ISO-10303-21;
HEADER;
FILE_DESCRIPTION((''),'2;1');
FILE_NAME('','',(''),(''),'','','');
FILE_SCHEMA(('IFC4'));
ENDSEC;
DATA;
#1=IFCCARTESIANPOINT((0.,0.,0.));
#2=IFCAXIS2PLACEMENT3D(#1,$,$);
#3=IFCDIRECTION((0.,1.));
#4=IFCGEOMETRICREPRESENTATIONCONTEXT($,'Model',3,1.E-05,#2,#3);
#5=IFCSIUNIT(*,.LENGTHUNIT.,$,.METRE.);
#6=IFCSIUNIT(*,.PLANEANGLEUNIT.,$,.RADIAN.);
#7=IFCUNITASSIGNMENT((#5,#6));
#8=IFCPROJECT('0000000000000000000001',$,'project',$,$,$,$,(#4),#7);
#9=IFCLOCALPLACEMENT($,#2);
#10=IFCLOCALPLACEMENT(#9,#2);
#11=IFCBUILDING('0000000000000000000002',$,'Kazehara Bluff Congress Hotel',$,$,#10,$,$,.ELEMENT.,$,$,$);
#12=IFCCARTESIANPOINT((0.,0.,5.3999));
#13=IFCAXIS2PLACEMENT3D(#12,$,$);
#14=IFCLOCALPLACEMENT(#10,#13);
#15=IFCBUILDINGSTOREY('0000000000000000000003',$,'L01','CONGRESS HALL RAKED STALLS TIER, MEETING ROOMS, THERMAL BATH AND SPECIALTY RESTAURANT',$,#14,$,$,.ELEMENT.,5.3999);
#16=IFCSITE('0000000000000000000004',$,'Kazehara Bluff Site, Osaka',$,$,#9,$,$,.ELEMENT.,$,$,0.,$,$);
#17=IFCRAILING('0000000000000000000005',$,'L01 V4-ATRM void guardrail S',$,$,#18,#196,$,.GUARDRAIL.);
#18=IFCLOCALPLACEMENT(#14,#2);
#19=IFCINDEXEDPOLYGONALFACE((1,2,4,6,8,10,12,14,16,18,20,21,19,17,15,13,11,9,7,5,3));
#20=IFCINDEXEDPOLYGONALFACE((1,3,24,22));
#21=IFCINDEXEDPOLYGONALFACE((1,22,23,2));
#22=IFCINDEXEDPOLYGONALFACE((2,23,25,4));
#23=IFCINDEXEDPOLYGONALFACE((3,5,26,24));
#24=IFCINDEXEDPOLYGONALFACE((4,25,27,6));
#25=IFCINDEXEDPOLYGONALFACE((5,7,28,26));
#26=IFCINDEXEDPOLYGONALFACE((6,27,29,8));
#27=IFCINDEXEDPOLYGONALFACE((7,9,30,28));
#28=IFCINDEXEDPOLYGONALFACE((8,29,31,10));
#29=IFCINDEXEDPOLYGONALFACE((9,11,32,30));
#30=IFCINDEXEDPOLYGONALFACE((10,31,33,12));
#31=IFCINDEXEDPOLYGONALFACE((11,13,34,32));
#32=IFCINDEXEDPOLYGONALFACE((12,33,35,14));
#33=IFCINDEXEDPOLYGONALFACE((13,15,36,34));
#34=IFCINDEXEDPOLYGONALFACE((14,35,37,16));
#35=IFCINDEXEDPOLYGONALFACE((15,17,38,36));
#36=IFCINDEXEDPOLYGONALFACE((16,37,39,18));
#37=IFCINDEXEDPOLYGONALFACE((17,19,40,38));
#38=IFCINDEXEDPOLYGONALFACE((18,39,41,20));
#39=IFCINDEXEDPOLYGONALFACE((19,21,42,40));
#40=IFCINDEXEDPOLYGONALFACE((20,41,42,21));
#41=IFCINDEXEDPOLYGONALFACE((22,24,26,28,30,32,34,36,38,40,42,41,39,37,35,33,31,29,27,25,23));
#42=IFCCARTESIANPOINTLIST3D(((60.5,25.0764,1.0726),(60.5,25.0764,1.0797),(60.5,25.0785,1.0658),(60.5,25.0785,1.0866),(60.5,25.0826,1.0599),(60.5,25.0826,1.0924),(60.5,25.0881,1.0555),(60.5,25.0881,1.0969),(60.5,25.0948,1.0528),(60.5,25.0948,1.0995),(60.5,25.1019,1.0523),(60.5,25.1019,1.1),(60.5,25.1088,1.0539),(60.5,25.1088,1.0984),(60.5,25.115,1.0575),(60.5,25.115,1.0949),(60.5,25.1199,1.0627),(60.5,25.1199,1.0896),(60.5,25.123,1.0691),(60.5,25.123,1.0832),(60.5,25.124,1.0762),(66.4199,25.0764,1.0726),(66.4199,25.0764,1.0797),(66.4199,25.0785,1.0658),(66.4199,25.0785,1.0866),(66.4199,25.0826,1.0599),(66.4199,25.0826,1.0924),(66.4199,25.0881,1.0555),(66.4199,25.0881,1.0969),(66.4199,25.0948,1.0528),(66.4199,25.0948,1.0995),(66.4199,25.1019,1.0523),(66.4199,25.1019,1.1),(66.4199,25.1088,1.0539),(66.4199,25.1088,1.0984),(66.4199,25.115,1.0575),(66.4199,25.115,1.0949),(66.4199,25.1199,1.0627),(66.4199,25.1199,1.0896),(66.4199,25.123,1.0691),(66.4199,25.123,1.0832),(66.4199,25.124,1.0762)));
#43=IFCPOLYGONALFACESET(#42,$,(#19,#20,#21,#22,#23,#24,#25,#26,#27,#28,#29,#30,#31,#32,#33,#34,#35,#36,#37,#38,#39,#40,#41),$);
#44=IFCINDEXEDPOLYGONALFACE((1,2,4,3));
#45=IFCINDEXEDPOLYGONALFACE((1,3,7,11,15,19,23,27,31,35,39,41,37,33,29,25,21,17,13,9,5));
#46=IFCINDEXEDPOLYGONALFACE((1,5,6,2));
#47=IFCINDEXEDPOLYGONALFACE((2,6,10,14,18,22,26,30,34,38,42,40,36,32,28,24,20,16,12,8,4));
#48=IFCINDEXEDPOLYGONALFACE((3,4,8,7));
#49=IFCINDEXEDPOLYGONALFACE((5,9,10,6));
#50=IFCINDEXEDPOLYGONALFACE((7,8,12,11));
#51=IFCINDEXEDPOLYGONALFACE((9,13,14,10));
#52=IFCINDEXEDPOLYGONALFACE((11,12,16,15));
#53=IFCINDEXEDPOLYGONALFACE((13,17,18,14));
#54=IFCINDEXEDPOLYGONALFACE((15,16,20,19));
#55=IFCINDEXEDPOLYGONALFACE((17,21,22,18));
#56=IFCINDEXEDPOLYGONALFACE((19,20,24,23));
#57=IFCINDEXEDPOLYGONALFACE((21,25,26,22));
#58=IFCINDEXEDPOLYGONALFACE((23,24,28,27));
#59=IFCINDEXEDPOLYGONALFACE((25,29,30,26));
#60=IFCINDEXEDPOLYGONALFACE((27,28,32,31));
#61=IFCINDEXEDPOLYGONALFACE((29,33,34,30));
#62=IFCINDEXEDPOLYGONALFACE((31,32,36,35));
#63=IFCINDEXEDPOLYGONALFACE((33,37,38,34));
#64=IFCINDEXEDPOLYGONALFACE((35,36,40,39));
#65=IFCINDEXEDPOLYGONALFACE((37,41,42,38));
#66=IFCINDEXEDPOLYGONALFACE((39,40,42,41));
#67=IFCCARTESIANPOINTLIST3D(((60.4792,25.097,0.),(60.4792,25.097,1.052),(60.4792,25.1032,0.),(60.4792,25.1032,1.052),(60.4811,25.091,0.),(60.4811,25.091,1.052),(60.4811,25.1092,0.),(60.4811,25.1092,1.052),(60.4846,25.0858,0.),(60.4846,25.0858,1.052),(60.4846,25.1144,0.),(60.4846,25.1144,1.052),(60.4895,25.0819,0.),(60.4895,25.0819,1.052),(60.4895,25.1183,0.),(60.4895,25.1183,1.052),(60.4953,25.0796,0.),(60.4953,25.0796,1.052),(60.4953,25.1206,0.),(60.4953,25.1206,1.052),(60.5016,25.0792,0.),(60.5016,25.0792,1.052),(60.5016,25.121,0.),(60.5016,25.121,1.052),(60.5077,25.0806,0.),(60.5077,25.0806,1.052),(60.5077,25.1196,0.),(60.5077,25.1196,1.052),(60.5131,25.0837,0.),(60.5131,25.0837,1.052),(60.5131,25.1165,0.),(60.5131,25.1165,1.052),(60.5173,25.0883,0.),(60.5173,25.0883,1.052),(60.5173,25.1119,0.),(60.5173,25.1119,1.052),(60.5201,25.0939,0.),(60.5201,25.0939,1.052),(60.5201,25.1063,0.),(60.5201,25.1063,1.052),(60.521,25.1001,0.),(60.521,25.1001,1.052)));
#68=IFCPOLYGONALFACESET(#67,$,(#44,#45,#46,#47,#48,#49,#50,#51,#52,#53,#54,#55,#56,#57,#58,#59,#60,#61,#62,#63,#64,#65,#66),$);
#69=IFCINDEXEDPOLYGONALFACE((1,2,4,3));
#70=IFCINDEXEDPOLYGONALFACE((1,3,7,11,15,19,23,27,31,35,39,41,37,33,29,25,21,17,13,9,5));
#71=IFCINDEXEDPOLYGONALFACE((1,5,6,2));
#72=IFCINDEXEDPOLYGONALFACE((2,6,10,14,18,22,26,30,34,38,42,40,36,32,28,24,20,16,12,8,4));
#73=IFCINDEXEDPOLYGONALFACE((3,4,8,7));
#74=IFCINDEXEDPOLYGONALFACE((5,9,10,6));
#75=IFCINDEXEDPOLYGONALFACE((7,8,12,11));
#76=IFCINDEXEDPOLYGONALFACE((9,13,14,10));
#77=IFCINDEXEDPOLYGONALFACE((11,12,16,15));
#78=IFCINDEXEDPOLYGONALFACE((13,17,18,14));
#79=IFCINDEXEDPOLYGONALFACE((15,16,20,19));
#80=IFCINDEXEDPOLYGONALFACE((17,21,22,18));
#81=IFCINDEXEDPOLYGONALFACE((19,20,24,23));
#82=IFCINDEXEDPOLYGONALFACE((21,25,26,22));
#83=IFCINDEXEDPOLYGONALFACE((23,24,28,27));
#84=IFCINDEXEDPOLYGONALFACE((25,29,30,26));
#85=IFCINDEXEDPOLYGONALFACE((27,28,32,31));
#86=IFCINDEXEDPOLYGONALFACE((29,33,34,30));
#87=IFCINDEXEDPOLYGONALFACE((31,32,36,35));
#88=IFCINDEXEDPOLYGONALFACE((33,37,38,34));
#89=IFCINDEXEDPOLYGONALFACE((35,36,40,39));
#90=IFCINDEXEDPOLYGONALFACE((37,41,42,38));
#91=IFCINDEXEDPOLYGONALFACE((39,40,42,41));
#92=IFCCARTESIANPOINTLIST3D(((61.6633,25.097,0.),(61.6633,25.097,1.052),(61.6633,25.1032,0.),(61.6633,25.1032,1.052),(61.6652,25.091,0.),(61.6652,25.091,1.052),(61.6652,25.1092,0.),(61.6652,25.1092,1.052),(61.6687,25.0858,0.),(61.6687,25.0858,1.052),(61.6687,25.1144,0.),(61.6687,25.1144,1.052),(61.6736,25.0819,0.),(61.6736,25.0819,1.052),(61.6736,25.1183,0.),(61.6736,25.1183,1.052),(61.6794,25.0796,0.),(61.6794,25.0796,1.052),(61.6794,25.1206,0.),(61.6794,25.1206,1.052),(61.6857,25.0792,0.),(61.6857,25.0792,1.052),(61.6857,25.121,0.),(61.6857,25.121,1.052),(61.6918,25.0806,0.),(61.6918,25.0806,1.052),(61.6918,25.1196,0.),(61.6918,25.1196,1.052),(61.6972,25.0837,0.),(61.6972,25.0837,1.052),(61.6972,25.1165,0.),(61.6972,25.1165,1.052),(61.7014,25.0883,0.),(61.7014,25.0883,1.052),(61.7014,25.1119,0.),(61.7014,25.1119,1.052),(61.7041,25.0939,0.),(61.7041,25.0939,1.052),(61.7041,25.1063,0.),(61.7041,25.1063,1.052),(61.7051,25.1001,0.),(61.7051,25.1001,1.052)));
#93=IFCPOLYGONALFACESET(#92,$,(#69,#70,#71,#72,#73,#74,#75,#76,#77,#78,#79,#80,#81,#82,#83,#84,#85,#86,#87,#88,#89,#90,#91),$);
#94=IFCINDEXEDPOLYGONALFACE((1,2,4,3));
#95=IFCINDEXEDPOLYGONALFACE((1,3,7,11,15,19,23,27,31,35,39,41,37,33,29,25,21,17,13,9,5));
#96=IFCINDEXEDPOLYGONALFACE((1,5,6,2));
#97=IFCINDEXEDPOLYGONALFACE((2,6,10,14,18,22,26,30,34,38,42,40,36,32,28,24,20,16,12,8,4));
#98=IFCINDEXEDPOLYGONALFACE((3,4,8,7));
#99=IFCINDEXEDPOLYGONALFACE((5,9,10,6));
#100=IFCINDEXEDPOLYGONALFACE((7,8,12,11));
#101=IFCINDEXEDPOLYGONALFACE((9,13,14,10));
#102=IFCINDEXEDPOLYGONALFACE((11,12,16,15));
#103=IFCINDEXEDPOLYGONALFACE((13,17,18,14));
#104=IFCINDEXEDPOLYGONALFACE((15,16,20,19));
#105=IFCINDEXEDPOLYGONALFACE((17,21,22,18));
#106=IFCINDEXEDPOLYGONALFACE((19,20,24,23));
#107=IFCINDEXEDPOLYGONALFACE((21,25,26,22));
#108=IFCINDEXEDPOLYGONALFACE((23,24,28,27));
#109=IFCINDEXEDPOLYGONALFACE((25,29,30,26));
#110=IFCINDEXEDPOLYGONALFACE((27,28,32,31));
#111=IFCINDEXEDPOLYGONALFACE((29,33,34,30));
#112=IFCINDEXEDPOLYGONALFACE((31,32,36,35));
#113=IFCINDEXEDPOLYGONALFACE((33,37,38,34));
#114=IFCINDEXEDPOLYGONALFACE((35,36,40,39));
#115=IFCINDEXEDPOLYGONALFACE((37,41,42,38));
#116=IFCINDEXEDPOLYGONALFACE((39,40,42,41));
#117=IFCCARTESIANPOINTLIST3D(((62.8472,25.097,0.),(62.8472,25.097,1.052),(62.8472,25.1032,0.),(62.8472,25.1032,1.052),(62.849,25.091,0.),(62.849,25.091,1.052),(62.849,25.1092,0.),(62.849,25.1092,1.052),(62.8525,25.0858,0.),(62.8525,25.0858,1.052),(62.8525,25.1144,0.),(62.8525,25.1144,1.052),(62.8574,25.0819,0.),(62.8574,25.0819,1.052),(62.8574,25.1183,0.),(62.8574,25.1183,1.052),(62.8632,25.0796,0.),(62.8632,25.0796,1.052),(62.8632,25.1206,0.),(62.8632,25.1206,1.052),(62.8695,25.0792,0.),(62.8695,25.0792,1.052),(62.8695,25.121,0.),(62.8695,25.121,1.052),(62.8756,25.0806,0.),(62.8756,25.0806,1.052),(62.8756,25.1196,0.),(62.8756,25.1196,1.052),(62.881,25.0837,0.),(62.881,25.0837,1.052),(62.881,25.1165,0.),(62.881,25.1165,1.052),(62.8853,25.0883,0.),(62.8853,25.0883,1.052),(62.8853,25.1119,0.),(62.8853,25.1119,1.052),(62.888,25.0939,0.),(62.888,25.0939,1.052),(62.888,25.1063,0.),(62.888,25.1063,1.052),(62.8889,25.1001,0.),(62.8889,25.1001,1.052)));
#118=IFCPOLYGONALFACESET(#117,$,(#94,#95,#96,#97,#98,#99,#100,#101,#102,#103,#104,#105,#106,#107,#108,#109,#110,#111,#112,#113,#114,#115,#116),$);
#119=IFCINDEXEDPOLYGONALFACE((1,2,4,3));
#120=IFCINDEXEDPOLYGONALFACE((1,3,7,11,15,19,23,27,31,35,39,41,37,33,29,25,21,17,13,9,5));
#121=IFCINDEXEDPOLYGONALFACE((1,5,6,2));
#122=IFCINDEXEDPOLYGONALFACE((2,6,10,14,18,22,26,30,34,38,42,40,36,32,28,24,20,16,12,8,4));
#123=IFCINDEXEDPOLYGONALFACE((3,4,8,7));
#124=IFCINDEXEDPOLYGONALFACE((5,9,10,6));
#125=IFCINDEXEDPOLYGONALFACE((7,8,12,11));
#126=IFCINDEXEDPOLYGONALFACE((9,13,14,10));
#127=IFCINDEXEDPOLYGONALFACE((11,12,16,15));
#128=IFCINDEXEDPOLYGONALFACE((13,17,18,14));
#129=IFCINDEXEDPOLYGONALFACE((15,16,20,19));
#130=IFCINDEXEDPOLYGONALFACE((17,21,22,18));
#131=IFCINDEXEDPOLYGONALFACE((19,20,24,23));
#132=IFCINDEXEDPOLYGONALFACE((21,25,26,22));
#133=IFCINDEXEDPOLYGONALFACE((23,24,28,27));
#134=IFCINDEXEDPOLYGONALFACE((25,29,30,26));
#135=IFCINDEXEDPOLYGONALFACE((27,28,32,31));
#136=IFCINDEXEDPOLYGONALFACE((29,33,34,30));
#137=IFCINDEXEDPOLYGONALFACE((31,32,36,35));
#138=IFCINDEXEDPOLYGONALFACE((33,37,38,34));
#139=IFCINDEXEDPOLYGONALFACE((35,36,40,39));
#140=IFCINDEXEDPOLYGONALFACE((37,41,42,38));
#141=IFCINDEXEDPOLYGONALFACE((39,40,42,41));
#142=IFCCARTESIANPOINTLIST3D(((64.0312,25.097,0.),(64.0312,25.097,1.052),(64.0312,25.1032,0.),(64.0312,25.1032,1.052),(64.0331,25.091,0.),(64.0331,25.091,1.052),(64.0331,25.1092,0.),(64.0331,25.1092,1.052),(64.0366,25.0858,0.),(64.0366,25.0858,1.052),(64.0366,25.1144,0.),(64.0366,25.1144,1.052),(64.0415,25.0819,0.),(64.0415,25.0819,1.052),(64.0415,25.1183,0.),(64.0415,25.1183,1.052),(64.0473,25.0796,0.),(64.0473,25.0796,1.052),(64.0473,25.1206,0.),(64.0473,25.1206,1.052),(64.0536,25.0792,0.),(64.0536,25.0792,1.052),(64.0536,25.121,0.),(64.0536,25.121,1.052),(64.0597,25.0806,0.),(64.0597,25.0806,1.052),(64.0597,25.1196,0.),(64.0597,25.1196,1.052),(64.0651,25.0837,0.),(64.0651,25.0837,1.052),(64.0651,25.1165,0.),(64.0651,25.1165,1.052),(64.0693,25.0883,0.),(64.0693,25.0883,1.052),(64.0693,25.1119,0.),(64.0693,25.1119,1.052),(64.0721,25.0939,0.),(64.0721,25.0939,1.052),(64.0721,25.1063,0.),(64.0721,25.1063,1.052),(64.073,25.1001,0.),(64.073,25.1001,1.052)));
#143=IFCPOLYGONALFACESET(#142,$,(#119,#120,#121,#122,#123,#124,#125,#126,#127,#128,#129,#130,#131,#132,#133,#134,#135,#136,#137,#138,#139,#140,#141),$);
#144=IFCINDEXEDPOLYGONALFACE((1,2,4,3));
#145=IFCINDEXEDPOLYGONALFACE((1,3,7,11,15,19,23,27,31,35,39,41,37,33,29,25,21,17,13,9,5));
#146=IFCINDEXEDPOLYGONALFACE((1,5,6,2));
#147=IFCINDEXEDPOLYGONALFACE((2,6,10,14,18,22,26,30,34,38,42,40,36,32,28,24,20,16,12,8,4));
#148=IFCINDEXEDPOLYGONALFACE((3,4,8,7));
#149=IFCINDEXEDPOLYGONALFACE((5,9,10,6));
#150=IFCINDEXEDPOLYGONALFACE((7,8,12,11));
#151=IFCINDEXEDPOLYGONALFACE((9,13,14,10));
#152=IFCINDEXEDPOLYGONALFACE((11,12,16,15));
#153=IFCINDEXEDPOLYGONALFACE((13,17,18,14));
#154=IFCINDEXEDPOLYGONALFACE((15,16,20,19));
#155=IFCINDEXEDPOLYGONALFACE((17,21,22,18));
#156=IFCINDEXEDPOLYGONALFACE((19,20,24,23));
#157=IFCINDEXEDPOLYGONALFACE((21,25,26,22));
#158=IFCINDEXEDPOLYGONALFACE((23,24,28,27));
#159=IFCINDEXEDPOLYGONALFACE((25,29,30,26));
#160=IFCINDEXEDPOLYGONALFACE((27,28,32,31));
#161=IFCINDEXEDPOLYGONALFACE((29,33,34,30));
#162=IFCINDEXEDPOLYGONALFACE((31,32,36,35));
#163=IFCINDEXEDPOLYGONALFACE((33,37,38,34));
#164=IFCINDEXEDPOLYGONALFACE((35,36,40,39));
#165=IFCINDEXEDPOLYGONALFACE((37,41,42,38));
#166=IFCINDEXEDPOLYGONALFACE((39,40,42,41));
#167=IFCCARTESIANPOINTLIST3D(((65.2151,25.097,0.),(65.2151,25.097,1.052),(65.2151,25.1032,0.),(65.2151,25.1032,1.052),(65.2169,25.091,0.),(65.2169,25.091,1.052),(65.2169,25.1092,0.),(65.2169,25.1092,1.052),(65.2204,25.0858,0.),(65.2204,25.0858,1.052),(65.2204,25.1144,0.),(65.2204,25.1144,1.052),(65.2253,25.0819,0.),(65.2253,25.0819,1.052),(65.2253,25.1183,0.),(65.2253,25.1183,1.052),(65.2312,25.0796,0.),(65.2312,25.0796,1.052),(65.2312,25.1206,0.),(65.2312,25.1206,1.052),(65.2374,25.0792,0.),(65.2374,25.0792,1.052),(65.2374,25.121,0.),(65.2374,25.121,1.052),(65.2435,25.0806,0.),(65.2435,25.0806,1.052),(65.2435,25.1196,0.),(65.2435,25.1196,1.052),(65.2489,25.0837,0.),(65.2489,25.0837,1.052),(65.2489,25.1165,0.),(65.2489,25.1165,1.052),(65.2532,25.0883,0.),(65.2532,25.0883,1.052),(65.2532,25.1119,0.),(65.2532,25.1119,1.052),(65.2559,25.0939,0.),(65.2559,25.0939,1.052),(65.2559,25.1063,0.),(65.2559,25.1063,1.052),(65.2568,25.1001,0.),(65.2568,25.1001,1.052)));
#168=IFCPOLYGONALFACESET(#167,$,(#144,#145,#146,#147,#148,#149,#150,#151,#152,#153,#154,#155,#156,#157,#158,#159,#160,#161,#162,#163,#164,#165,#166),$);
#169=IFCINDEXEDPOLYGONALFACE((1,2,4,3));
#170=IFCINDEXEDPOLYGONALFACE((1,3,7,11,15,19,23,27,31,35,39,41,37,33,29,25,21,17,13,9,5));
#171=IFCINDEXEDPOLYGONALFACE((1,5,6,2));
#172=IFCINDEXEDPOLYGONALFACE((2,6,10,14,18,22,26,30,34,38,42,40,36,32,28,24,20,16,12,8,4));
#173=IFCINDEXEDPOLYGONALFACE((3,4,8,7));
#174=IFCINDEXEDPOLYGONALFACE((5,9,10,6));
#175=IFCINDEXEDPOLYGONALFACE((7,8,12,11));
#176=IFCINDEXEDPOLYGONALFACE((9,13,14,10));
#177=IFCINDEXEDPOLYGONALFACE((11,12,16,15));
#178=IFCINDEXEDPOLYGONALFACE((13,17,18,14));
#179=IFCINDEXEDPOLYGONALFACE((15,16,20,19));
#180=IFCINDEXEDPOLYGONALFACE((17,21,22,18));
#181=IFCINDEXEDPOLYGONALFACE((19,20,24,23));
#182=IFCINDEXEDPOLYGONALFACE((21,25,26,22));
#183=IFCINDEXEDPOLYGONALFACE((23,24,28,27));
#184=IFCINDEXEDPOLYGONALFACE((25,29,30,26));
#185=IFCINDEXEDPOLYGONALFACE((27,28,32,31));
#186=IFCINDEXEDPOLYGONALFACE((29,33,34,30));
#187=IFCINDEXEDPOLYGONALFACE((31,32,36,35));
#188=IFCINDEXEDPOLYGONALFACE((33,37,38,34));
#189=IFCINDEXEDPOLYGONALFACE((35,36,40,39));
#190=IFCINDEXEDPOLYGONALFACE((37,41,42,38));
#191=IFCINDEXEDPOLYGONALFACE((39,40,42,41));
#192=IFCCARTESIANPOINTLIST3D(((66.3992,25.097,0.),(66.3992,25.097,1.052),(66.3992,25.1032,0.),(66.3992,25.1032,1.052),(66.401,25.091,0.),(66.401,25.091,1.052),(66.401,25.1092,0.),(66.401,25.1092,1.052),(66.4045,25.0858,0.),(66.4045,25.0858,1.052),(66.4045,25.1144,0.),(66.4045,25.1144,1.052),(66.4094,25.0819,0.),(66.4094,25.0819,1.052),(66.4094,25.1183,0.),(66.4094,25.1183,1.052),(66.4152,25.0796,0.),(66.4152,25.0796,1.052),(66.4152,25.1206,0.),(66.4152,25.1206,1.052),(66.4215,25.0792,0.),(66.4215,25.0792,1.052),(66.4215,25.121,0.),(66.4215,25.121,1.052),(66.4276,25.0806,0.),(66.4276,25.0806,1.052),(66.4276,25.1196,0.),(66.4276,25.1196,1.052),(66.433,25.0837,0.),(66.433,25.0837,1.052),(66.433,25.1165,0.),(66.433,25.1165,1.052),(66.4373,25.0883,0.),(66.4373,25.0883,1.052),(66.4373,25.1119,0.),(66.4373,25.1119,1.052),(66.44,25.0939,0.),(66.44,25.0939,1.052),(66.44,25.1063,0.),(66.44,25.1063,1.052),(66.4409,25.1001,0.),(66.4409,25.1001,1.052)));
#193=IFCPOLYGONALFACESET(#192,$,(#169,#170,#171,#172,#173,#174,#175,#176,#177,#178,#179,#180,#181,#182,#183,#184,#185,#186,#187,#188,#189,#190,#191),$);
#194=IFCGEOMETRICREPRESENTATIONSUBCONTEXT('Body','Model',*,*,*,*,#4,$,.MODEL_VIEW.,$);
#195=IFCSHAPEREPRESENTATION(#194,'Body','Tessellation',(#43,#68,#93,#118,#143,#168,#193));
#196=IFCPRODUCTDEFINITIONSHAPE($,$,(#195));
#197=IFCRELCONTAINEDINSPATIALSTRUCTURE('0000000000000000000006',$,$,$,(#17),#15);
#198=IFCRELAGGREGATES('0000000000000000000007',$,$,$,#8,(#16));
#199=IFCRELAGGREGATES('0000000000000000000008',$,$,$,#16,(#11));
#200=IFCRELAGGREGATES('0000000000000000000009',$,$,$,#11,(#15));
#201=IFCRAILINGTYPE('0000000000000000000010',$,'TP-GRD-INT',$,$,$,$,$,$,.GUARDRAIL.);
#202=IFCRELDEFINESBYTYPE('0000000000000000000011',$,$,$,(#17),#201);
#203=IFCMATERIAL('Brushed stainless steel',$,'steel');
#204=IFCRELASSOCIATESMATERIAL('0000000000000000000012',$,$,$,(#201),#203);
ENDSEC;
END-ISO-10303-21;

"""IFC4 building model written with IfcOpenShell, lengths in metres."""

from ifc_helpers import new_model, si_unit, direction, frame, origin, origin_2d, place, context, subcontext, project, spatial, circle, extrude, material, type_object, element, save


model = new_model("IFC4")

# Units and contexts
model_context = context("Model", 3, precision=1e-05, world=origin(), true_north=direction((0.0, 1.0)))
body_context = subcontext(model_context, "Body", "Model", "MODEL_VIEW")
ifc_project = project(units=[si_unit("LENGTHUNIT", "METRE"), si_unit("PLANEANGLEUNIT", "RADIAN")], contexts=[model_context])

# Site, building, storey
site_placement = place(None, origin())
site = spatial("IfcSite", under=ifc_project, at=site_placement, Name="Kazehara Bluff Site, Osaka", CompositionType="ELEMENT", RefElevation=0.0)
building_placement = place(site_placement, origin())
building = spatial("IfcBuilding", under=site, at=building_placement, Name="Kazehara Bluff Congress Hotel", CompositionType="ELEMENT")
storey_placement = place(building_placement, frame((0.0, 0.0, 5.3999)))
storey = spatial("IfcBuildingStorey", under=building, at=storey_placement, Name="L01", Description="CONGRESS HALL RAKED STALLS TIER, MEETING ROOMS, THERMAL BATH AND SPECIALTY RESTAURANT", CompositionType="ELEMENT", Elevation=5.3999)

# Railing
ifc_material_1 = material(Name="Brushed stainless steel", Category="steel")
railing_type = type_object("IfcRailingType", Name="TP-GRD-INT", PredefinedType="GUARDRAIL", material=ifc_material_1)
railing_1_placement = place(storey_placement, frame((60.5, 25.1001, 0.0)))
element("IfcRailing", 1, at=railing_1_placement, inside=storey, type_object=railing_type, Name="L01 V4-ATRM void guardrail S", PredefinedType="GUARDRAIL", context=body_context, shape_type="SweptSolid", body=[
    extrude(circle(Radius=0.0239, at=origin_2d()), frame((0.0, 0.0, 1.0762), z_axis=(1.0, 0.0, 0.0), x_axis=(0.0, 1.0, 0.0)), (0.0, 0.0, 1.0), 5.9199),
    extrude(circle(Radius=0.021, at=origin_2d()), origin(), (0.0, 0.0, 1.0), 1.052),
    extrude(circle(Radius=0.021, at=origin_2d()), frame((1.1841, 0.0, 0.0)), (0.0, 0.0, 1.0), 1.052),
    extrude(circle(Radius=0.021, at=origin_2d()), frame((2.3679, 0.0, 0.0)), (0.0, 0.0, 1.0), 1.052),
    extrude(circle(Radius=0.021, at=origin_2d()), frame((3.552, 0.0, 0.0)), (0.0, 0.0, 1.0), 1.052),
    extrude(circle(Radius=0.021, at=origin_2d()), frame((4.7358, 0.0, 0.0)), (0.0, 0.0, 1.0), 1.052),
    extrude(circle(Radius=0.021, at=origin_2d()), frame((5.9199, 0.0, 0.0)), (0.0, 0.0, 1.0), 1.052),
])

save(model, "model.ifc")
